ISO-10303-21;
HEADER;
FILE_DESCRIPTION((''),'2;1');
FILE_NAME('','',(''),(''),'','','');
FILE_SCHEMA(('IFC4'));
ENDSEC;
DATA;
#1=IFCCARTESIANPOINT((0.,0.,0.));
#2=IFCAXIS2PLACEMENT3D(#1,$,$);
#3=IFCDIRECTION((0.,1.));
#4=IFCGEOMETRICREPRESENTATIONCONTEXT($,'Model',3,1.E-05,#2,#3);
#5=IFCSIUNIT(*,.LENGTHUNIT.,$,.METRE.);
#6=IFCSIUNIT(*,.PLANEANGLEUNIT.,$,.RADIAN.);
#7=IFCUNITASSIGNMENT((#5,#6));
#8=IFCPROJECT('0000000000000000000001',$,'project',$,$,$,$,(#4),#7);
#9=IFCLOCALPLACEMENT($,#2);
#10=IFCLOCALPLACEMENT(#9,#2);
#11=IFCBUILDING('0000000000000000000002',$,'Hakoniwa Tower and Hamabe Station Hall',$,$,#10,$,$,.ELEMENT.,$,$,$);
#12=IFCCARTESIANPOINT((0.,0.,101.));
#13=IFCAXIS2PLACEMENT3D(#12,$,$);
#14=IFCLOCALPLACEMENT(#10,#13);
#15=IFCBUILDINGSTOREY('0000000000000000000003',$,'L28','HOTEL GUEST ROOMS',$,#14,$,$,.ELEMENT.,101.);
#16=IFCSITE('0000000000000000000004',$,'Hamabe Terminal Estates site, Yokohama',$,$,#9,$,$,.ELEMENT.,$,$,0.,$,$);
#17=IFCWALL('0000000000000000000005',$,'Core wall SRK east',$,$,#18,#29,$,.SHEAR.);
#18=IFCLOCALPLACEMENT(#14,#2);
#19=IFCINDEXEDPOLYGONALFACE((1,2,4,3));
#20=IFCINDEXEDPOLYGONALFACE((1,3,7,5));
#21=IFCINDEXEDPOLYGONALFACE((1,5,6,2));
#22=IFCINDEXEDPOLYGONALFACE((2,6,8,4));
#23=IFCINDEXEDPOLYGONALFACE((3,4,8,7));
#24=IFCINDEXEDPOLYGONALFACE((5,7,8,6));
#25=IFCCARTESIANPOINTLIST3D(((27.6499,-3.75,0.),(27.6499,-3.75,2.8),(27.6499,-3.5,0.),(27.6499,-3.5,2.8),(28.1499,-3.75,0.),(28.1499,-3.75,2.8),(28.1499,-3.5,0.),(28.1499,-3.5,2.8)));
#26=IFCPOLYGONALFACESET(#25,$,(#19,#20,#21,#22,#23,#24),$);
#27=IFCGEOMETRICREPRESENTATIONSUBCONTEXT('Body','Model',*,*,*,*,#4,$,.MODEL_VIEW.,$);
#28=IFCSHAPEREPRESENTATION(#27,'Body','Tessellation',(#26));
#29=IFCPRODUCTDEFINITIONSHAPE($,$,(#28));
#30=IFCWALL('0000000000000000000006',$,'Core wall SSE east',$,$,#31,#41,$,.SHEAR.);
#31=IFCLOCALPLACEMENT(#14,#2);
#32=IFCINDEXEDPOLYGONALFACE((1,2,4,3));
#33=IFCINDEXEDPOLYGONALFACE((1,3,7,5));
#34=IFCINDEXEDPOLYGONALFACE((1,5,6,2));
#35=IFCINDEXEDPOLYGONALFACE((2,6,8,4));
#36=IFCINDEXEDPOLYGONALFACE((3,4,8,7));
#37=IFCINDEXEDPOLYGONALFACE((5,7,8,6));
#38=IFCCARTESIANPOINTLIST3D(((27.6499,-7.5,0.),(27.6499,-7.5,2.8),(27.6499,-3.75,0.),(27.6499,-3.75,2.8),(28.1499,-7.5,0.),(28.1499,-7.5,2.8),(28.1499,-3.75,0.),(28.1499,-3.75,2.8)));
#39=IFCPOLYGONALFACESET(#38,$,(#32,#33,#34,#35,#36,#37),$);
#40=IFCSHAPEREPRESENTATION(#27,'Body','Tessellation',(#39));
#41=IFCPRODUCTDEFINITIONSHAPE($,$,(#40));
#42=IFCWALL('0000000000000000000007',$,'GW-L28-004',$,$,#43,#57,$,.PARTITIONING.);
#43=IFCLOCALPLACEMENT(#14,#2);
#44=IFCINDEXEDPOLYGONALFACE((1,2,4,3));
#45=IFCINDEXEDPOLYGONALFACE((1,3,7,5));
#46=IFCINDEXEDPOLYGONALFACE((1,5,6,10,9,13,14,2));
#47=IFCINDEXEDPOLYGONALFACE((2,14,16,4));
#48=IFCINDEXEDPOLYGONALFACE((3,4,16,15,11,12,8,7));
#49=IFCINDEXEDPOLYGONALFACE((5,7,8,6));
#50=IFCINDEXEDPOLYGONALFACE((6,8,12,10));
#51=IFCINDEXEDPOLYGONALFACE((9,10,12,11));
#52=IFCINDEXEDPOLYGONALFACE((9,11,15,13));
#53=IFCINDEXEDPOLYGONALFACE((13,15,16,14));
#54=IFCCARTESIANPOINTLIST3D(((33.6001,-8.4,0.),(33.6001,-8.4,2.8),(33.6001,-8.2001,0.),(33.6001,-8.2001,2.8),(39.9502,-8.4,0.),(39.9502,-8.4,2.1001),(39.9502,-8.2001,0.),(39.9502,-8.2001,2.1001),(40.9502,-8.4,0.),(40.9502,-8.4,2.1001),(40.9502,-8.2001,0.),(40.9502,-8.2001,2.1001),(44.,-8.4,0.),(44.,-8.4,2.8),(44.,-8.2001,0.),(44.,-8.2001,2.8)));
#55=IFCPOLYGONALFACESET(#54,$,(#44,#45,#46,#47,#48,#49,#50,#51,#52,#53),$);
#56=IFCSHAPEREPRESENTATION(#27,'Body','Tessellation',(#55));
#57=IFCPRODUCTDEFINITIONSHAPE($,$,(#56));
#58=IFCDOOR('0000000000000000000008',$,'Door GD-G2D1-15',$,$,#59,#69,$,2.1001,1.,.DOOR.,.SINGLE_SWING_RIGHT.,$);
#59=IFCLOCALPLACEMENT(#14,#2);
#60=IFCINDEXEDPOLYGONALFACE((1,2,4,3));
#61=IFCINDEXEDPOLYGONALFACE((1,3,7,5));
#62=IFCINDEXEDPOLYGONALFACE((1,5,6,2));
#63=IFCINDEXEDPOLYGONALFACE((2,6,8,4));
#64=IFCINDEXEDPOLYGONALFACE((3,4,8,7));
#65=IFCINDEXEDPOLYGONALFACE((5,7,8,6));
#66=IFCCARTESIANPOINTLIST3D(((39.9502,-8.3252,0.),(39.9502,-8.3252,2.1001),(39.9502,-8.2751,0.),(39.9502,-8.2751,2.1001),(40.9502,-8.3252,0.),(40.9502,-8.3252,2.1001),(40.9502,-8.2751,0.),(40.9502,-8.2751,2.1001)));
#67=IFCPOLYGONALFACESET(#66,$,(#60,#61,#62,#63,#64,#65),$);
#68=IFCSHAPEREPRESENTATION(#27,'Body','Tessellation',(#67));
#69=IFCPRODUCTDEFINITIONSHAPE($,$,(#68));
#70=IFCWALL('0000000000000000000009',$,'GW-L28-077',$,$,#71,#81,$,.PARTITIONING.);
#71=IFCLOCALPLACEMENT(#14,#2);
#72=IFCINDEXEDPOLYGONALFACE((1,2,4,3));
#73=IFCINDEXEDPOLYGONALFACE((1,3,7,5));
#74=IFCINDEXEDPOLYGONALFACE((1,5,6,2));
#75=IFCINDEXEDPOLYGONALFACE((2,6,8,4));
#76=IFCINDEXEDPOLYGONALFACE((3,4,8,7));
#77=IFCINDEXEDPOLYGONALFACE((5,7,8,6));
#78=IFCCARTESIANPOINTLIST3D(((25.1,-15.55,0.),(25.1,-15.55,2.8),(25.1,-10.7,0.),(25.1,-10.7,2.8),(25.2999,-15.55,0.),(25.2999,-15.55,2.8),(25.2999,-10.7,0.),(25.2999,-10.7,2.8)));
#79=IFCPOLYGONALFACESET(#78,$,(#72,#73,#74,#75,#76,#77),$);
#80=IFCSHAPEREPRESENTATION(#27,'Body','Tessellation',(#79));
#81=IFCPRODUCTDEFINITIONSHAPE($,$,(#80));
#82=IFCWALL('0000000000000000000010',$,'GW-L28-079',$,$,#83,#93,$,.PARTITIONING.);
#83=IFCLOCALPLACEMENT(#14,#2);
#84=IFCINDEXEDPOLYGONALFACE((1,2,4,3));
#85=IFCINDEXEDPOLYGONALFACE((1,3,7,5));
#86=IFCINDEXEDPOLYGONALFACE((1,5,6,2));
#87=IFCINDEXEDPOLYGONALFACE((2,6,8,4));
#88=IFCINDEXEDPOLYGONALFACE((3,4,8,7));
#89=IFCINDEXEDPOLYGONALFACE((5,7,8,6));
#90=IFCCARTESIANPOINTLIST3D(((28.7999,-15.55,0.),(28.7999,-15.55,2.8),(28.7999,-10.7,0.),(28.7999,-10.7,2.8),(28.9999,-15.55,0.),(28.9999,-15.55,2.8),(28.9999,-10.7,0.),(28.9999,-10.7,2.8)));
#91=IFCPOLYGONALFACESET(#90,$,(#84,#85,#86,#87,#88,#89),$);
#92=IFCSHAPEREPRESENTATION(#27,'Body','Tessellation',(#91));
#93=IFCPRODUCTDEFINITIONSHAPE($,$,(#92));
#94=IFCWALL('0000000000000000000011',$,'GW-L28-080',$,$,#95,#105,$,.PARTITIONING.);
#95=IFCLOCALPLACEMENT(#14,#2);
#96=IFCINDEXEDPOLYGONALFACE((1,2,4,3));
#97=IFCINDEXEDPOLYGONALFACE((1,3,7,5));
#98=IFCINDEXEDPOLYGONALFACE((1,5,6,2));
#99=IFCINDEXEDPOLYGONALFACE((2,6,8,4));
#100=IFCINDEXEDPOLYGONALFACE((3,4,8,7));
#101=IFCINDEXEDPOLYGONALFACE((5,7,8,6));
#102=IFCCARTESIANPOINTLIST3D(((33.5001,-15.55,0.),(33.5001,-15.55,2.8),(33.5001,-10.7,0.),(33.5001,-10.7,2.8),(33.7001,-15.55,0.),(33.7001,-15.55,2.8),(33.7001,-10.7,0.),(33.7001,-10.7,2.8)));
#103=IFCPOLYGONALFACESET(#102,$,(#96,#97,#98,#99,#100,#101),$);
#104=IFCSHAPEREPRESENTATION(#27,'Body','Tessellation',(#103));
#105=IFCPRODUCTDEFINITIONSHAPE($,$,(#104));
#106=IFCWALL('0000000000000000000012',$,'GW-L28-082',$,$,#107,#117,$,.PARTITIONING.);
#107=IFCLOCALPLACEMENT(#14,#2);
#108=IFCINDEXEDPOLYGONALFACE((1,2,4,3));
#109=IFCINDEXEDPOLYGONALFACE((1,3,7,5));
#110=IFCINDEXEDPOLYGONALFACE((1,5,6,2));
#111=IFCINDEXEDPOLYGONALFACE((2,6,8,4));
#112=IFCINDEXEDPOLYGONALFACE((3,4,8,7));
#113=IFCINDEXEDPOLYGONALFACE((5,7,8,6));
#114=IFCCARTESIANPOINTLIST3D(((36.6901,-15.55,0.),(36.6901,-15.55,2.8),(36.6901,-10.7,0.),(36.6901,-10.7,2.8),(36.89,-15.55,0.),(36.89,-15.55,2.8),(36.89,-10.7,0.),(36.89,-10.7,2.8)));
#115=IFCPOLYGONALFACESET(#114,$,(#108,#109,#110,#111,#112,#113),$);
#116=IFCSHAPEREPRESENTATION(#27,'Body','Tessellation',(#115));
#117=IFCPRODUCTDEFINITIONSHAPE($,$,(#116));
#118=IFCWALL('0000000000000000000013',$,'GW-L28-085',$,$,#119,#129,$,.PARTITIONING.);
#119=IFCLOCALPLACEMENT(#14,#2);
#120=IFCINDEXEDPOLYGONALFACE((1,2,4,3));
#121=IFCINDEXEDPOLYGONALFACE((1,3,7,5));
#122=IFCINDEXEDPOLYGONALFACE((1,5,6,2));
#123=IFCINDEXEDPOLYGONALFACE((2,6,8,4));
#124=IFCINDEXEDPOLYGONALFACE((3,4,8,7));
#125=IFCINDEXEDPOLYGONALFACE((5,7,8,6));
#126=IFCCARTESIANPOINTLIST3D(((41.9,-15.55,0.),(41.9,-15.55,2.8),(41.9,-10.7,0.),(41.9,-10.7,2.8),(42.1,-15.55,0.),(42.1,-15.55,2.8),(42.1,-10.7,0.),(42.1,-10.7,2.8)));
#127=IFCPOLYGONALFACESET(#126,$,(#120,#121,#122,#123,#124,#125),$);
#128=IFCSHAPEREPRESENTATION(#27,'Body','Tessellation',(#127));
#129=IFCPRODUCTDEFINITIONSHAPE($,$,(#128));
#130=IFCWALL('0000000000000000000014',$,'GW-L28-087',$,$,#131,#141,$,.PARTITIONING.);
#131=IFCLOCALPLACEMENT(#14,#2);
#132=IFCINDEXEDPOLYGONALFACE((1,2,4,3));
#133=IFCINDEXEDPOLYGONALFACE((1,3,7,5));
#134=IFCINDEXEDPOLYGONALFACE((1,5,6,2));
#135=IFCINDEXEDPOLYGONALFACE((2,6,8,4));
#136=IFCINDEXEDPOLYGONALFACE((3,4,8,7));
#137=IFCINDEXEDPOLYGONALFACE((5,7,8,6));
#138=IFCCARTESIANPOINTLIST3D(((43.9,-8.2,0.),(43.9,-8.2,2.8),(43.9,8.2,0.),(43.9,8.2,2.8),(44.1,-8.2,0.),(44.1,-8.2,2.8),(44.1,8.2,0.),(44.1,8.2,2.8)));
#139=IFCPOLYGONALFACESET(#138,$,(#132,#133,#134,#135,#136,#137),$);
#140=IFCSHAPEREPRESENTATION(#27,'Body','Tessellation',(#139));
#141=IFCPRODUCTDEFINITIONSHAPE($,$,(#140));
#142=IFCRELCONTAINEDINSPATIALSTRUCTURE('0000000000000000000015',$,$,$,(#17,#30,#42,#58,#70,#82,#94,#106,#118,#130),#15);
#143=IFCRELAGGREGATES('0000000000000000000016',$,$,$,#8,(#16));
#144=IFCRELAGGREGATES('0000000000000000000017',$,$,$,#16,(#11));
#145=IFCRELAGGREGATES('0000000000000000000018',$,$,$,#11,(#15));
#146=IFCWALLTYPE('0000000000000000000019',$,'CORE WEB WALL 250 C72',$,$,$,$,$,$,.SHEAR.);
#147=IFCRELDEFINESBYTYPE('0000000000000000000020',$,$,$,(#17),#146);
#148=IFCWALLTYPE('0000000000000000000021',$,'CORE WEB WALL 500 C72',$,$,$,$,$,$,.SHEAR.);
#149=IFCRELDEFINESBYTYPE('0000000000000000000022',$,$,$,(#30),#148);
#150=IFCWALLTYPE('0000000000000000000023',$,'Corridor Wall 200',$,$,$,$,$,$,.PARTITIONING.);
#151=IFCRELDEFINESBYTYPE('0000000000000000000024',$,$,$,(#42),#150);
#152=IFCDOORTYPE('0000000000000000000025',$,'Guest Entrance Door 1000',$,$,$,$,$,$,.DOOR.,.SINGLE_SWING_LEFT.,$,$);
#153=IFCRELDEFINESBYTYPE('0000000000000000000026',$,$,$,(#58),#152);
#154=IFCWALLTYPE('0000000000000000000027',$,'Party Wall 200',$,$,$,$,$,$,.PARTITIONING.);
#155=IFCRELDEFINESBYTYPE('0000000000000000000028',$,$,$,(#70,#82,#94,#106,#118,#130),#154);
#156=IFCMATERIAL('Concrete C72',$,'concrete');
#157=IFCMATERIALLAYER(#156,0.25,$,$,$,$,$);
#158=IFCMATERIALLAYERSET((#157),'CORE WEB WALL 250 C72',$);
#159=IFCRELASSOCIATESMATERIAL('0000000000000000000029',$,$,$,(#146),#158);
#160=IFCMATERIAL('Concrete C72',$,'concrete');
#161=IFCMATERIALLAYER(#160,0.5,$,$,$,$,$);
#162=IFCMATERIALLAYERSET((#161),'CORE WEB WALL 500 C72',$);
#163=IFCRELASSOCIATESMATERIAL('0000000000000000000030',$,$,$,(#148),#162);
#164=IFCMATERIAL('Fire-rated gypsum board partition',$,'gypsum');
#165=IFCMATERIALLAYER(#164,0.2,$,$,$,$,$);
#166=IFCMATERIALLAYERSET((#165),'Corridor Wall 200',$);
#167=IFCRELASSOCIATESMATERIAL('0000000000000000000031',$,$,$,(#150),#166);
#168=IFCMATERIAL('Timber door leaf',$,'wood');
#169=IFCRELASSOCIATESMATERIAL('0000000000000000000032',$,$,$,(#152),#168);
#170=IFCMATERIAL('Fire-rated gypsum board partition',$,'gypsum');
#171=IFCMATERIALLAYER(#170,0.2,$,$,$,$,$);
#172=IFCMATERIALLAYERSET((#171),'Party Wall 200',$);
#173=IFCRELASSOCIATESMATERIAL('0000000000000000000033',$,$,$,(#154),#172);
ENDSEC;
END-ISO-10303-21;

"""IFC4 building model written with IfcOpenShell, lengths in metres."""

from ifc_helpers import new_model, si_unit, direction, frame, frame_2d, origin, place, context, subcontext, project, spatial, rectangle, extrude, material, layer, layer_set, type_object, element, fill, save


model = new_model("IFC4")

# Units and contexts
model_context = context("Model", 3, precision=1e-05, world=origin(), true_north=direction((0.0, 1.0)))
body_context = subcontext(model_context, "Body", "Model", "MODEL_VIEW")
ifc_project = project(units=[si_unit("LENGTHUNIT", "METRE"), si_unit("PLANEANGLEUNIT", "RADIAN")], contexts=[model_context])

# Site, building, storey
site_placement = place(None, origin())
site = spatial("IfcSite", under=ifc_project, at=site_placement, Name="Hamabe Terminal Estates site, Yokohama", CompositionType="ELEMENT", RefElevation=0.0)
building_placement = place(site_placement, origin())
building = spatial("IfcBuilding", under=site, at=building_placement, Name="Hakoniwa Tower and Hamabe Station Hall", CompositionType="ELEMENT")
storey_placement = place(building_placement, frame((0.0, 0.0, 101.0)))
storey = spatial("IfcBuildingStorey", under=building, at=storey_placement, Name="L28", Description="HOTEL GUEST ROOMS", CompositionType="ELEMENT", Elevation=101.0)

# Walls
ifc_material_1 = material(Name="Concrete C72", Category="concrete")
ifc_layer_1 = layer(ifc_material_1, 0.25)
ifc_layer_set_1 = layer_set([ifc_layer_1], Name="CORE WEB WALL 250 C72")
wall_type_1 = type_object("IfcWallType", Name="CORE WEB WALL 250 C72", PredefinedType="SHEAR", material=ifc_layer_set_1)
wall_1_placement = place(storey_placement, frame((27.6499, -3.625, 0.0), z_axis=(0.0, 0.0, 1.0), x_axis=(1.0, 0.0, 0.0)))
element("IfcWall", 1, at=wall_1_placement, inside=storey, type_object=wall_type_1, Name="Core wall SRK east", PredefinedType="SHEAR", context=body_context, shape_type="SweptSolid", body=[
    extrude(rectangle(XDim=0.5, YDim=0.25, at=frame_2d((0.25, 0.0))), origin(), (0.0, 0.0, 1.0), 2.8),
])
ifc_material_2 = material(Name="Concrete C72", Category="concrete")
ifc_layer_2 = layer(ifc_material_2, 0.5)
ifc_layer_set_2 = layer_set([ifc_layer_2], Name="CORE WEB WALL 500 C72")
wall_type_2 = type_object("IfcWallType", Name="CORE WEB WALL 500 C72", PredefinedType="SHEAR", material=ifc_layer_set_2)
wall_2_placement = place(storey_placement, frame((27.8999, -7.5, 0.0), z_axis=(0.0, 0.0, 1.0), x_axis=(0.0, 1.0, 0.0)))
element("IfcWall", 2, at=wall_2_placement, inside=storey, type_object=wall_type_2, Name="Core wall SSE east", PredefinedType="SHEAR", context=body_context, shape_type="SweptSolid", body=[
    extrude(rectangle(XDim=3.75, YDim=0.5, at=frame_2d((1.875, 0.0))), origin(), (0.0, 0.0, 1.0), 2.8),
])

# Wall, opening, door
ifc_material_3 = material(Name="Fire-rated gypsum board partition", Category="gypsum")
ifc_layer_3 = layer(ifc_material_3, 0.2)
ifc_layer_set_3 = layer_set([ifc_layer_3], Name="Corridor Wall 200")
wall_type_3 = type_object("IfcWallType", Name="Corridor Wall 200", PredefinedType="PARTITIONING", material=ifc_layer_set_3)
wall_3_placement = place(storey_placement, frame((33.6001, -8.3, 0.0), z_axis=(0.0, 0.0, 1.0), x_axis=(1.0, 0.0, 0.0)))
wall_3 = element("IfcWall", 3, at=wall_3_placement, inside=storey, type_object=wall_type_3, Name="GW-L28-004", PredefinedType="PARTITIONING", context=body_context, shape_type="SweptSolid", body=[
    extrude(rectangle(XDim=10.3999, YDim=0.2, at=frame_2d((5.2, 0.0))), origin(), (0.0, 0.0, 1.0), 2.8),
])
opening_1_placement = place(wall_3_placement, frame((6.3501, 0.0, 0.0)))
opening_1 = element("IfcOpeningElement", 4, at=opening_1_placement, cuts=wall_3, PredefinedType="OPENING", context=body_context, shape_type="SweptSolid", body=[
    extrude(rectangle(XDim=1.0, YDim=2.1001, at=frame_2d((0.5, 1.05))), frame((0.0, 0.1099, 0.0), z_axis=(0.0, -1.0, 0.0), x_axis=(1.0, 0.0, 0.0)), (0.0, 0.0, 1.0), 0.22),
])
ifc_material_4 = material(Name="Timber door leaf", Category="wood")
door_type_1 = type_object("IfcDoorType", Name="Guest Entrance Door 1000", OperationType="SINGLE_SWING_LEFT", PredefinedType="DOOR", material=ifc_material_4)
door_1_placement = place(opening_1_placement, origin())
door_1 = element("IfcDoor", 5, at=door_1_placement, inside=storey, type_object=door_type_1, Name="Door GD-G2D1-15", OperationType="SINGLE_SWING_RIGHT", OverallHeight=2.1001, OverallWidth=1.0, PredefinedType="DOOR", context=body_context, shape_type="SweptSolid", body=[
    extrude(rectangle(XDim=1.0, YDim=2.1001, at=frame_2d((0.5, 1.05))), frame((0.0, 0.0249, 0.0), z_axis=(0.0, -1.0, 0.0), x_axis=(1.0, 0.0, 0.0)), (0.0, 0.0, 1.0), 0.05),
])
fill(opening_1, door_1)

# Walls
ifc_material_5 = material(Name="Fire-rated gypsum board partition", Category="gypsum")
ifc_layer_4 = layer(ifc_material_5, 0.2)
ifc_layer_set_4 = layer_set([ifc_layer_4], Name="Party Wall 200")
wall_type_4 = type_object("IfcWallType", Name="Party Wall 200", PredefinedType="PARTITIONING", material=ifc_layer_set_4)
for number, where, z_axis, x_axis, name in (
    (6, (25.2, -15.55, 0.0), (0.0, 0.0, 1.0), (0.0, 1.0, 0.0), "GW-L28-077"),
    (7, (28.8999, -15.55, 0.0), (0.0, 0.0, 1.0), (0.0, 1.0, 0.0), "GW-L28-079"),
    (8, (33.6001, -15.55, 0.0), (0.0, 0.0, 1.0), (0.0, 1.0, 0.0), "GW-L28-080"),
    (9, (36.79, -15.55, 0.0), (0.0, 0.0, 1.0), (0.0, 1.0, 0.0), "GW-L28-082"),
    (10, (42.0, -15.55, 0.0), (0.0, 0.0, 1.0), (0.0, 1.0, 0.0), "GW-L28-085"),
):
    element("IfcWall", number, at=place(storey_placement, frame(where, z_axis=z_axis, x_axis=x_axis)), inside=storey, type_object=wall_type_4, Name=name, PredefinedType="PARTITIONING", context=body_context, shape_type="SweptSolid", body=[
        extrude(rectangle(XDim=4.8501, YDim=0.2, at=frame_2d((2.425, 0.0))), origin(), (0.0, 0.0, 1.0), 2.8),
    ])
wall_4_placement = place(storey_placement, frame((44.0, -8.2, 0.0), z_axis=(0.0, 0.0, 1.0), x_axis=(0.0, 1.0, 0.0)))
element("IfcWall", 11, at=wall_4_placement, inside=storey, type_object=wall_type_4, Name="GW-L28-087", PredefinedType="PARTITIONING", context=body_context, shape_type="SweptSolid", body=[
    extrude(rectangle(XDim=16.3999, YDim=0.2, at=frame_2d((8.2, 0.0))), origin(), (0.0, 0.0, 1.0), 2.8),
])

save(model, "model.ifc")
